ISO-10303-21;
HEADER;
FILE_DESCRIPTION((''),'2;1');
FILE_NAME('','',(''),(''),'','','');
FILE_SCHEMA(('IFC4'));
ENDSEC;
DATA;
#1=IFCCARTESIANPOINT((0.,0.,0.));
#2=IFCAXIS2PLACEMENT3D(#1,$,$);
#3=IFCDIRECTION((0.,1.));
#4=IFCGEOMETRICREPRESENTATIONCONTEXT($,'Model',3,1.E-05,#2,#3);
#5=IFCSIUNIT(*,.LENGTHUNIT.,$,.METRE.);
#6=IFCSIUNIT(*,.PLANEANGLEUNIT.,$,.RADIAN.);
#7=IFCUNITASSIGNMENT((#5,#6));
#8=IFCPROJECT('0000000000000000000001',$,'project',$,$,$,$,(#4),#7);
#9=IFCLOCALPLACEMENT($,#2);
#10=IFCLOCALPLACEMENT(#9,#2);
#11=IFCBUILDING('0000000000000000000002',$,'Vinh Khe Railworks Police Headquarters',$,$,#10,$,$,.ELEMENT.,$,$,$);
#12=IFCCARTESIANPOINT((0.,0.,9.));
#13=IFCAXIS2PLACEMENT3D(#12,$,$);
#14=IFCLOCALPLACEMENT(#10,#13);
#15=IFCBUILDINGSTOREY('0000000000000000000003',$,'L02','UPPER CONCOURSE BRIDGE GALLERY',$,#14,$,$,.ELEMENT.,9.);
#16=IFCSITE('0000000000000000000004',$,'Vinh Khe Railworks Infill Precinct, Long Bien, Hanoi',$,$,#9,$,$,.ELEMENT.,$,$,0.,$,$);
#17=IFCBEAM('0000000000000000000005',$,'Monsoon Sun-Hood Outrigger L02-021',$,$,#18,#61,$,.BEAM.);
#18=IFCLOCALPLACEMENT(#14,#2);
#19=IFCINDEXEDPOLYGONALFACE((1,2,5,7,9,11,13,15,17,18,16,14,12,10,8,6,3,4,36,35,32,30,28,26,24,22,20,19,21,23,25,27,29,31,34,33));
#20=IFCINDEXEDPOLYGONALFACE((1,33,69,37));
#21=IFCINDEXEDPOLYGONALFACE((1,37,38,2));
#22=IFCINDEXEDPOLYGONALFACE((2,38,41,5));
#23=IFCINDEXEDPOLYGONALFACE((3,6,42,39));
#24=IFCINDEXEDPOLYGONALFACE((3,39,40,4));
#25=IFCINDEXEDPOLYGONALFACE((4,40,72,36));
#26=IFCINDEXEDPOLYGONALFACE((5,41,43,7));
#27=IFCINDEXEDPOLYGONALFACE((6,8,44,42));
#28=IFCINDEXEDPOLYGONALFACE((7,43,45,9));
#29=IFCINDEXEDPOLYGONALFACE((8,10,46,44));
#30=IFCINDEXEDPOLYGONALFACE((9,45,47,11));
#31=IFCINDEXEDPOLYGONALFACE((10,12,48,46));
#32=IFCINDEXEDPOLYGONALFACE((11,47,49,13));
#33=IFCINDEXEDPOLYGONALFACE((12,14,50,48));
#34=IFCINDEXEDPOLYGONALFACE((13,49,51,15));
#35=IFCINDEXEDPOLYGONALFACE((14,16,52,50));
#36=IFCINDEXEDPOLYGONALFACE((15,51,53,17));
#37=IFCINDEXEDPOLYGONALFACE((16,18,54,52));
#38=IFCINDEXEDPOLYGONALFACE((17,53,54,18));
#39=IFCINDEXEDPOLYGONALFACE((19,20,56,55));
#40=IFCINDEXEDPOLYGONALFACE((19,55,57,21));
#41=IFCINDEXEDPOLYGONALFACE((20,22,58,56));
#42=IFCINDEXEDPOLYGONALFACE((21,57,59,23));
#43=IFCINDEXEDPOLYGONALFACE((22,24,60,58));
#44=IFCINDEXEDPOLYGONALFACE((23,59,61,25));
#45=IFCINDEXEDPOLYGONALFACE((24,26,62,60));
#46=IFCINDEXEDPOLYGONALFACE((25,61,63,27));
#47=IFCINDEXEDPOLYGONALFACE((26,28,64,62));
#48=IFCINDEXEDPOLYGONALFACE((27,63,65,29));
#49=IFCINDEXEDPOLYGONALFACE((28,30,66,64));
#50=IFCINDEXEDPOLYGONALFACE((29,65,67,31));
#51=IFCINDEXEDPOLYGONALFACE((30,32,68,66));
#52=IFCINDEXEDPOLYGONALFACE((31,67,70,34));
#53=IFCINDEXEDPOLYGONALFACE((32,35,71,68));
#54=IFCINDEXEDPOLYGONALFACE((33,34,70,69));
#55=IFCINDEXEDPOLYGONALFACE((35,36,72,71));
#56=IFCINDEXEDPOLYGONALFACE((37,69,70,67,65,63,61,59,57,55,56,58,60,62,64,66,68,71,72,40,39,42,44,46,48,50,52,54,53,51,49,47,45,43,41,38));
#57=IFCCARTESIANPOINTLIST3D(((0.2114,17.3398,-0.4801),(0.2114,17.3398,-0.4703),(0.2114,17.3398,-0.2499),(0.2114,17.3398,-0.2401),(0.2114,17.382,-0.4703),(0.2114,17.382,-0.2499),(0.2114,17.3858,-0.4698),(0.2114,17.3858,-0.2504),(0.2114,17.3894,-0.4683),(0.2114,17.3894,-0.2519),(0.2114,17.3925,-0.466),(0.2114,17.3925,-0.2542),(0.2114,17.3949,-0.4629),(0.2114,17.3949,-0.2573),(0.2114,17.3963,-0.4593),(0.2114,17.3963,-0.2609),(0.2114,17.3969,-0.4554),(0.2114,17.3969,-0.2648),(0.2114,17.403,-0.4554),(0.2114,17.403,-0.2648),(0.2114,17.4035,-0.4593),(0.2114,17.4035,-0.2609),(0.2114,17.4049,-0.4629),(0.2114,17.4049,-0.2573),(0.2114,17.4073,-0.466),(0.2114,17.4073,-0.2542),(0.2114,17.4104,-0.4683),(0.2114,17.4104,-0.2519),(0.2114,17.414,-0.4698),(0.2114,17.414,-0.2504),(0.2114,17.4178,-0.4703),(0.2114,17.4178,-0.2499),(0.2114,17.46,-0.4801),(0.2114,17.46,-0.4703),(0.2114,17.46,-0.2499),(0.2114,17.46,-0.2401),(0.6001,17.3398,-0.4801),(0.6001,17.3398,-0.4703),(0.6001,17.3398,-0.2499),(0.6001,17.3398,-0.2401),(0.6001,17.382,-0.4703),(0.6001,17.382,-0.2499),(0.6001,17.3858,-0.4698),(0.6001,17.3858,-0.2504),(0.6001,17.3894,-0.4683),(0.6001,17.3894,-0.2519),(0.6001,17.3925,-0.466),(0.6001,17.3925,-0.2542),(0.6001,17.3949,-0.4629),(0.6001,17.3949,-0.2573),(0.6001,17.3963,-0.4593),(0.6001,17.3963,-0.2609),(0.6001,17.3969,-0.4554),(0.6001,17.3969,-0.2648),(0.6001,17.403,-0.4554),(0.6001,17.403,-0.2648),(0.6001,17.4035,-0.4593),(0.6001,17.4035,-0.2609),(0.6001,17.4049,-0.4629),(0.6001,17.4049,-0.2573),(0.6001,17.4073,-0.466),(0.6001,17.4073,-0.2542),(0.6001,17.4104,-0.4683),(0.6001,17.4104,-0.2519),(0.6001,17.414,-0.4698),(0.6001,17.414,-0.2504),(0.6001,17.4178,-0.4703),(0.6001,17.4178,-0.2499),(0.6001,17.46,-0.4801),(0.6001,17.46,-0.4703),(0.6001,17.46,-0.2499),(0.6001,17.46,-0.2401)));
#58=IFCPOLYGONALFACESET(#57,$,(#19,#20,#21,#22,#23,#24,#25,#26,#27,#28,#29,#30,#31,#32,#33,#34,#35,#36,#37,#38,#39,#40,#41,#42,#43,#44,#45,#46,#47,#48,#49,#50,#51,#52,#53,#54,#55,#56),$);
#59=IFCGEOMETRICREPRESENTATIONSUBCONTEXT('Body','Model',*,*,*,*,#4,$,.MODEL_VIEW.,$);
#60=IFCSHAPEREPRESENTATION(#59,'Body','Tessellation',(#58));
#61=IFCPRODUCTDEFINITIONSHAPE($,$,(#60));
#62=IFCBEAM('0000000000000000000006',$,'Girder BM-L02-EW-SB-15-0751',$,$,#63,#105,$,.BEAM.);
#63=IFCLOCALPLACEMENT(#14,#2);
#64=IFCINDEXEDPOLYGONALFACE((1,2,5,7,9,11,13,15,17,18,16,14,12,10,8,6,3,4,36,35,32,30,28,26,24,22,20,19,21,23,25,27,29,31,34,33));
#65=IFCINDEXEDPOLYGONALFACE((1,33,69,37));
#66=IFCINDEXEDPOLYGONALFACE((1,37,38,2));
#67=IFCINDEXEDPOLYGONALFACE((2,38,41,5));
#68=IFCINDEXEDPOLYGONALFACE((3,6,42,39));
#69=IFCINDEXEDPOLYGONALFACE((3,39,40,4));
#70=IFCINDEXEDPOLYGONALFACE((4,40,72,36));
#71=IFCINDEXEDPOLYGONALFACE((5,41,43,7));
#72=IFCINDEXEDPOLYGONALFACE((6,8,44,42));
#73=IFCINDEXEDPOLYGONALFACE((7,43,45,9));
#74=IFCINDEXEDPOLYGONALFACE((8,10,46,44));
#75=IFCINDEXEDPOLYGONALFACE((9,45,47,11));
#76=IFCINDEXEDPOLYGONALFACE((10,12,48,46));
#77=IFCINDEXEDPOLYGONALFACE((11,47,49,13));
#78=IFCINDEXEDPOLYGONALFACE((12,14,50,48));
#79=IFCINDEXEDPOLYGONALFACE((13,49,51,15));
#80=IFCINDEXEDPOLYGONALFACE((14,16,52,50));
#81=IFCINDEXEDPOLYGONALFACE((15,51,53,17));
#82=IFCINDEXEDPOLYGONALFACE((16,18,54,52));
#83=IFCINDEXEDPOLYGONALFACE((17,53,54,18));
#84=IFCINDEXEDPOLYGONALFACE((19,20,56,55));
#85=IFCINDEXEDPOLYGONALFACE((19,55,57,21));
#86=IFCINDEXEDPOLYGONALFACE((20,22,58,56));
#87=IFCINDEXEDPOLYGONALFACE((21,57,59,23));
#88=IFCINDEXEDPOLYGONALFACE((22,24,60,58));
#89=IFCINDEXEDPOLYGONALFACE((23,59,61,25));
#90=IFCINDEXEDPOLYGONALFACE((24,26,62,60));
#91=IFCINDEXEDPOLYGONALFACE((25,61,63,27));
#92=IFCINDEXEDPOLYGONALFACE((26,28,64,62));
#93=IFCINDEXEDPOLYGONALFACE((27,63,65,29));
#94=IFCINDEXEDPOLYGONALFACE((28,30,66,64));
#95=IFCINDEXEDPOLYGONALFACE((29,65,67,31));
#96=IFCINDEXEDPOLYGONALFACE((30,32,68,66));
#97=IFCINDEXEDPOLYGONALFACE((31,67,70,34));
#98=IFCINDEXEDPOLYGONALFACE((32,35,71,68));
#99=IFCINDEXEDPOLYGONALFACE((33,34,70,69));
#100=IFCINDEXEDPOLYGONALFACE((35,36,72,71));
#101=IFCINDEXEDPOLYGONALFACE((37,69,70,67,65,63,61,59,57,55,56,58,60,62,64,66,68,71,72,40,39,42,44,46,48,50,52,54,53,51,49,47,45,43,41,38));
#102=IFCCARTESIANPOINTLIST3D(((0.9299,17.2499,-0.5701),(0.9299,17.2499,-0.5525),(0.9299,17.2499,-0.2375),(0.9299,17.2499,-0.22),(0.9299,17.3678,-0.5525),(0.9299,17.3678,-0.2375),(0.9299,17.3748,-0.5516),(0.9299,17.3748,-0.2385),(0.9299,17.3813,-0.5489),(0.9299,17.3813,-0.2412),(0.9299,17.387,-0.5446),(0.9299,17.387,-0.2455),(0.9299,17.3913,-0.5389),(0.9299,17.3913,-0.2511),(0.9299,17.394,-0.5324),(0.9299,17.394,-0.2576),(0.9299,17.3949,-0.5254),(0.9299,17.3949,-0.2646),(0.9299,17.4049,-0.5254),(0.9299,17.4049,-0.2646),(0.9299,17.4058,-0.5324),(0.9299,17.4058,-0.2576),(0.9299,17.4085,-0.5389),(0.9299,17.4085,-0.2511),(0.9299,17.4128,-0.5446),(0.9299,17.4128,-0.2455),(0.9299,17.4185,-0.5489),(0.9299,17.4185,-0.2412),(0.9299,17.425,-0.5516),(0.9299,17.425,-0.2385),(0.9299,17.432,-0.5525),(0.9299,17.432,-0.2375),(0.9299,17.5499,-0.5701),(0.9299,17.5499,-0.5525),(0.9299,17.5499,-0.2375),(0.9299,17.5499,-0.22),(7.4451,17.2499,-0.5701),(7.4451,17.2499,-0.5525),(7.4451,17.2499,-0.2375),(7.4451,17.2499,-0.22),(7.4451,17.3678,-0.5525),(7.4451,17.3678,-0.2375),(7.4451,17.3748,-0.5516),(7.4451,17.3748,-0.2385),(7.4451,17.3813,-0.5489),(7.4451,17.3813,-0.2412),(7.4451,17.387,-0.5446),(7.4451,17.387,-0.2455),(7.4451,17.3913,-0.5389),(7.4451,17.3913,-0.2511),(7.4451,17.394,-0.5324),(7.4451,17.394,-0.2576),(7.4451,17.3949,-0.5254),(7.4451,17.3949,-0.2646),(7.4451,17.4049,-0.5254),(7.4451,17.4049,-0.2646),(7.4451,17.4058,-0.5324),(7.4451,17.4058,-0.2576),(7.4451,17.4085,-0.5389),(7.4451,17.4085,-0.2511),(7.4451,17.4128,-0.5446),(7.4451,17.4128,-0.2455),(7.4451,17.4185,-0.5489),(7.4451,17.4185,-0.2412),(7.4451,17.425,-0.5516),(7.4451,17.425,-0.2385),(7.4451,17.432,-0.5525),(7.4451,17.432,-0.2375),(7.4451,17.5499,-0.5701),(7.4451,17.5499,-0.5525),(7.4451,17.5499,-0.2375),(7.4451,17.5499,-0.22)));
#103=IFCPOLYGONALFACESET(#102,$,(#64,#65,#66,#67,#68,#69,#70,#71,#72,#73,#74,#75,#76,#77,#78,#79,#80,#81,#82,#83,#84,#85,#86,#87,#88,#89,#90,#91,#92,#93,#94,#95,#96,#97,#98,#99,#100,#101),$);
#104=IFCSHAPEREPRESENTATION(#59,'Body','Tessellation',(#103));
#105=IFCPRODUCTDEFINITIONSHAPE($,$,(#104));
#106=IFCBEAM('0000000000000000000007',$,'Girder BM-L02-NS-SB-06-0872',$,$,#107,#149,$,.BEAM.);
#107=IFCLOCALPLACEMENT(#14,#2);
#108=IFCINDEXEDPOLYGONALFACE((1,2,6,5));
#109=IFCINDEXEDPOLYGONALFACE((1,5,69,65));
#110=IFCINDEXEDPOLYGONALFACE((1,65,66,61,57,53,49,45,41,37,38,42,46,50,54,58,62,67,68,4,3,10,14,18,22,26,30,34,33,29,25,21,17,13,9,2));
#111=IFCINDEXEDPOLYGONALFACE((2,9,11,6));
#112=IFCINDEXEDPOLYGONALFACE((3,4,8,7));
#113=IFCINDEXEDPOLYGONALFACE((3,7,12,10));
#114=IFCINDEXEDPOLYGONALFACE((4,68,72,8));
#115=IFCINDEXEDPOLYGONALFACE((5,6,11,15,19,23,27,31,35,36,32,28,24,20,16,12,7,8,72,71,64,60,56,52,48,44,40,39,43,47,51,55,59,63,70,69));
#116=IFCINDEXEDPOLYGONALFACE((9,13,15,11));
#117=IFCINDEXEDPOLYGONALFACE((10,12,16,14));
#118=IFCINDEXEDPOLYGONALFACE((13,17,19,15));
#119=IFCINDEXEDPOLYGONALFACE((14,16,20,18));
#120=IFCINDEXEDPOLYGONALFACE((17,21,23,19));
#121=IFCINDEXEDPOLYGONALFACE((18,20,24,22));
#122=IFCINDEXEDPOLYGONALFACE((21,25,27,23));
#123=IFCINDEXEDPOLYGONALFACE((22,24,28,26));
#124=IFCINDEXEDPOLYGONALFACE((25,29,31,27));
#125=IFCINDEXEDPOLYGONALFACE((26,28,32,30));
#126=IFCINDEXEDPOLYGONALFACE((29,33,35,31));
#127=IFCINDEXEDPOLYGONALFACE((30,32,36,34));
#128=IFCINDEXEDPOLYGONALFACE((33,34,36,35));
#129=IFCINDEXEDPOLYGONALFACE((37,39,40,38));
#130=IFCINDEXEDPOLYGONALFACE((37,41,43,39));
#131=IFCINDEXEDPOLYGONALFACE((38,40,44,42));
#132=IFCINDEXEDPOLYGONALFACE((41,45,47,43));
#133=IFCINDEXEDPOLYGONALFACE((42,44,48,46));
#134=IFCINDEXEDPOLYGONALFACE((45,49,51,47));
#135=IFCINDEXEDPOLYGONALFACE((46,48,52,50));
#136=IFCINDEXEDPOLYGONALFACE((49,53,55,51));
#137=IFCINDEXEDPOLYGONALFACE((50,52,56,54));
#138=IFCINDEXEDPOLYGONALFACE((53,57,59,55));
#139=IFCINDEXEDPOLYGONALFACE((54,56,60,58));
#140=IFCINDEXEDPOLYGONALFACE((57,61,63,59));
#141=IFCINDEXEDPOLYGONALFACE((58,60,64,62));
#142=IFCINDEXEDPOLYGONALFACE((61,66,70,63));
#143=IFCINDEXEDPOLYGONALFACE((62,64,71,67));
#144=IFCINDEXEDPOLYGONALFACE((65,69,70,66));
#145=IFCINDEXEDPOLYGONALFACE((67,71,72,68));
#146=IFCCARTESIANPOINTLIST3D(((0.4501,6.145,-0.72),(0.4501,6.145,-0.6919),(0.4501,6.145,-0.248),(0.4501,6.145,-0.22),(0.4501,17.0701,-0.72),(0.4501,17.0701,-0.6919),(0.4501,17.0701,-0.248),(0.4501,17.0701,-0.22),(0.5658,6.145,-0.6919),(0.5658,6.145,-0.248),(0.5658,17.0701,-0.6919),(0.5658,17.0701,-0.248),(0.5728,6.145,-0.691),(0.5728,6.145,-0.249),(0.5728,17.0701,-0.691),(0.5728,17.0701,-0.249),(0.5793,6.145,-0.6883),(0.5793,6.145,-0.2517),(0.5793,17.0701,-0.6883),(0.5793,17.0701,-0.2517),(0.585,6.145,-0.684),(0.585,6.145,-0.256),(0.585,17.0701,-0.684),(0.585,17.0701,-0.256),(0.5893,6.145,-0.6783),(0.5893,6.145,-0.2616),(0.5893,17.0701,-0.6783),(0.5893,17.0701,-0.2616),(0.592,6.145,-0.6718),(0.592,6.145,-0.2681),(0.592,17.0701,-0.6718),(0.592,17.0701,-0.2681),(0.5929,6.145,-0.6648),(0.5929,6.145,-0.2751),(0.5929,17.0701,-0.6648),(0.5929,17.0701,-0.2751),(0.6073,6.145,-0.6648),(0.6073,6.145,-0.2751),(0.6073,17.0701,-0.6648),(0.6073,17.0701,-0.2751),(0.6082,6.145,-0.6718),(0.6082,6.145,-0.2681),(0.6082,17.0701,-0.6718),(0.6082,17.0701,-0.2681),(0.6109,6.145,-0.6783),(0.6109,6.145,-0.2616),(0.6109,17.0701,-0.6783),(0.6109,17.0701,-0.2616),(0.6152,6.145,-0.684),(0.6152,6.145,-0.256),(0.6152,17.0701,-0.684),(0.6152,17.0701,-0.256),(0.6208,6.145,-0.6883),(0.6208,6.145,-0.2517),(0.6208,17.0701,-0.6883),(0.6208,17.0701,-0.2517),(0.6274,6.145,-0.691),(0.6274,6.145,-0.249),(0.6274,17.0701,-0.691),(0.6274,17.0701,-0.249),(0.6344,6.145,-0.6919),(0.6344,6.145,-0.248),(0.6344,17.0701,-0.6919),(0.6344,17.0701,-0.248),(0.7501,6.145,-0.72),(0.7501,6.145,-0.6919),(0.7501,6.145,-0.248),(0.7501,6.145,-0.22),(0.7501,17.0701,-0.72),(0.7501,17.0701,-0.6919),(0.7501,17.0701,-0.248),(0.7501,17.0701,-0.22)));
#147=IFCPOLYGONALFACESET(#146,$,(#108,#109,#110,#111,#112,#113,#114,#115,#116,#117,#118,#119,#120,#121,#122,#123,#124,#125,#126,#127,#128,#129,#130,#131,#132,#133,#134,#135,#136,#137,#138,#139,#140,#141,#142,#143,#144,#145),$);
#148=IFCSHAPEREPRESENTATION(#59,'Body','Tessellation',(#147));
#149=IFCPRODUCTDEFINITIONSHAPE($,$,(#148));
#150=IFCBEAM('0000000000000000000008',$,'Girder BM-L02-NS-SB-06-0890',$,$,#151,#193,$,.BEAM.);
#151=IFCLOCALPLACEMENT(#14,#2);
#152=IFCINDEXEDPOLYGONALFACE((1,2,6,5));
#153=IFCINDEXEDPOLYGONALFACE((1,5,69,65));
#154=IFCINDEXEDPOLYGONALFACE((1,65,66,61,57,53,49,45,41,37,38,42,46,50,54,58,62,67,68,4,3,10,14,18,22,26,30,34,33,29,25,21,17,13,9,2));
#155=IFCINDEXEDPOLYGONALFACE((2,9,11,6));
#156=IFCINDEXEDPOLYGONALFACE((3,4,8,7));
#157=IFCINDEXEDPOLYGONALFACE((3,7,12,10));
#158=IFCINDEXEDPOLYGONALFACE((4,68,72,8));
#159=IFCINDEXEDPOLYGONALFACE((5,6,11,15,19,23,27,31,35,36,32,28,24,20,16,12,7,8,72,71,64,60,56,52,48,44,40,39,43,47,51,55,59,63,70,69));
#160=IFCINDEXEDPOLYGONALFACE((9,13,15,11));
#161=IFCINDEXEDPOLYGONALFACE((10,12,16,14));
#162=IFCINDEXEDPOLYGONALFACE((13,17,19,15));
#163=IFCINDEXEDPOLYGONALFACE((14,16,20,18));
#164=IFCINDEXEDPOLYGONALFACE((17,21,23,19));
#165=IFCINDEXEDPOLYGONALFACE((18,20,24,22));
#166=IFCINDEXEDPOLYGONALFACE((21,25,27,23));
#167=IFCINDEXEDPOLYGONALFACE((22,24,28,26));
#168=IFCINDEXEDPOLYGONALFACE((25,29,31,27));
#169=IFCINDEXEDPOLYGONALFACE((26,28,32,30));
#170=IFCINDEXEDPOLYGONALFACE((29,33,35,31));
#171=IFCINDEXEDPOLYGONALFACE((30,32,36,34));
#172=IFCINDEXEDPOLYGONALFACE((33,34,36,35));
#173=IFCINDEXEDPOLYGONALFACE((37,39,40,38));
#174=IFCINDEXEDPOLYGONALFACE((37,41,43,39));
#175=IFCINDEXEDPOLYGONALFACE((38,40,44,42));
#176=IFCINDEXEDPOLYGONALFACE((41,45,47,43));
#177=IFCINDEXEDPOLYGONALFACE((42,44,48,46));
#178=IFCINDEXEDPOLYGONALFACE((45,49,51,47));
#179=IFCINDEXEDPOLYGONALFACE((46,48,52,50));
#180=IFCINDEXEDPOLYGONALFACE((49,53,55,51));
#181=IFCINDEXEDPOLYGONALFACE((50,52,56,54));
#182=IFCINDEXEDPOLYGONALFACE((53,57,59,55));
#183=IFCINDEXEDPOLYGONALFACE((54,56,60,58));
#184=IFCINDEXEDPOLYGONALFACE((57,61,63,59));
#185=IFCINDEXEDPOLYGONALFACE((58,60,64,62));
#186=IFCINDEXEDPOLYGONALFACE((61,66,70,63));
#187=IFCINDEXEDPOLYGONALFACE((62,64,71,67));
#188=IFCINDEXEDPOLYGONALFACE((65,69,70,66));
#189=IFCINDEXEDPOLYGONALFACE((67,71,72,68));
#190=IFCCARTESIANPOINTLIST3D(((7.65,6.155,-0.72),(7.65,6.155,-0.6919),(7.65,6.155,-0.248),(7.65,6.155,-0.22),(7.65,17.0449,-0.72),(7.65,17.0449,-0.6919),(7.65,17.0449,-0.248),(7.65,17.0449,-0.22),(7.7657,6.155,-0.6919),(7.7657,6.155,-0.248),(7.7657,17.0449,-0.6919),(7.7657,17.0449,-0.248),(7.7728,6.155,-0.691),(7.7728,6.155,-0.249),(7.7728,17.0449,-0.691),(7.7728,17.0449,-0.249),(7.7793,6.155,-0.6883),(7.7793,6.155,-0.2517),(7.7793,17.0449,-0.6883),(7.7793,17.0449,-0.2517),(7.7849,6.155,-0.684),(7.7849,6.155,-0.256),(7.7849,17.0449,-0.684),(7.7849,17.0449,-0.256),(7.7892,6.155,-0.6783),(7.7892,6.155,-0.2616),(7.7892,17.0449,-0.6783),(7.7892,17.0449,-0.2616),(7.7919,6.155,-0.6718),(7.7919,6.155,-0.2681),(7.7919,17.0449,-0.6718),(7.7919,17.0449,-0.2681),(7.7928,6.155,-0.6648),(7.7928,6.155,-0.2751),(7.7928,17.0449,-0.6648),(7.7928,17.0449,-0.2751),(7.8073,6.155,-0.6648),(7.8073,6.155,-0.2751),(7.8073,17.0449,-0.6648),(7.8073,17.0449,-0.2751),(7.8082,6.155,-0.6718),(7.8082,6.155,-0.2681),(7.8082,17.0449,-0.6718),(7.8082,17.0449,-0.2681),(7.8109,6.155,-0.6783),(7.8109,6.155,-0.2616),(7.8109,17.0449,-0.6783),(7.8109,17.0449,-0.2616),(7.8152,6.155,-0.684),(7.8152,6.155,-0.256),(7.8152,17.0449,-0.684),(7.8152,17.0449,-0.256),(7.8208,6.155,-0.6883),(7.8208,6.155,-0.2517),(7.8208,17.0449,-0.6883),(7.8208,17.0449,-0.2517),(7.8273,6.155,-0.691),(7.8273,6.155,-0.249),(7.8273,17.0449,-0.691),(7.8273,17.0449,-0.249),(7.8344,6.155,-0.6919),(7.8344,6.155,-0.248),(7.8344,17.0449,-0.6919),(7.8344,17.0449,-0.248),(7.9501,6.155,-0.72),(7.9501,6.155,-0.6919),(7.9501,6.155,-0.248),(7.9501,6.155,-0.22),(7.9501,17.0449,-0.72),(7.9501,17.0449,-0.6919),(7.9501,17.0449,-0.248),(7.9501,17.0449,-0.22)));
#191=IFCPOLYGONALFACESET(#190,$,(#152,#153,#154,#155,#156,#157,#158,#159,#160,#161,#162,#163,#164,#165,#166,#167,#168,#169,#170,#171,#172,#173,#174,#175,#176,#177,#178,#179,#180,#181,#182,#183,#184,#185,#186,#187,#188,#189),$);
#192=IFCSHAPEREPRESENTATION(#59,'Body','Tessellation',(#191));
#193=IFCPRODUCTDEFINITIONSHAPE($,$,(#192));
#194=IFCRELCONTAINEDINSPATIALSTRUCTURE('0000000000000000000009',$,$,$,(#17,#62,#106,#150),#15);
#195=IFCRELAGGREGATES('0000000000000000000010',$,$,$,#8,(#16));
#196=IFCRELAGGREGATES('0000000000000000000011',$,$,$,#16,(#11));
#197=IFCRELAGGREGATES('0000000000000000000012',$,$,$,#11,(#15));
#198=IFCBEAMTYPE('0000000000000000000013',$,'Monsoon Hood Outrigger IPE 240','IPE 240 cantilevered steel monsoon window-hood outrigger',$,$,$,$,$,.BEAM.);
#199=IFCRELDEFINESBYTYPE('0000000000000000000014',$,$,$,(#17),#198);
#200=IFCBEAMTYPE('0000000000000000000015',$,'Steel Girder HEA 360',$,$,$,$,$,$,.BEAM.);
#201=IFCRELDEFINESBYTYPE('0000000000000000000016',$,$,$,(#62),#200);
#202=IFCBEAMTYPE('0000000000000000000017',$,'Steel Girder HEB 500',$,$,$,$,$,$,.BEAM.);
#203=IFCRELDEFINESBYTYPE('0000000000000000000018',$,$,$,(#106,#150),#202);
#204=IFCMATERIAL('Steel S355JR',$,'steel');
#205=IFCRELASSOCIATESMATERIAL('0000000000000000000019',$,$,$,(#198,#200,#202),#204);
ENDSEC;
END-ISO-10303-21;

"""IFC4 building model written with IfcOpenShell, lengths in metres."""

from ifc_helpers import new_model, si_unit, direction, frame, origin, origin_2d, place, context, subcontext, project, spatial, i_section, extrude, material, material_profile, profile_set, type_object, element, save


model = new_model("IFC4")

# Units and contexts
model_context = context("Model", 3, precision=1e-05, world=origin(), true_north=direction((0.0, 1.0)))
body_context = subcontext(model_context, "Body", "Model", "MODEL_VIEW")
ifc_project = project(units=[si_unit("LENGTHUNIT", "METRE"), si_unit("PLANEANGLEUNIT", "RADIAN")], contexts=[model_context])

# Site, building, storey
site_placement = place(None, origin())
site = spatial("IfcSite", under=ifc_project, at=site_placement, Name="Vinh Khe Railworks Infill Precinct, Long Bien, Hanoi", CompositionType="ELEMENT", RefElevation=0.0)
building_placement = place(site_placement, origin())
building = spatial("IfcBuilding", under=site, at=building_placement, Name="Vinh Khe Railworks Police Headquarters", CompositionType="ELEMENT")
storey_placement = place(building_placement, frame((0.0, 0.0, 9.0)))
storey = spatial("IfcBuildingStorey", under=building, at=storey_placement, Name="L02", Description="UPPER CONCOURSE BRIDGE GALLERY", CompositionType="ELEMENT", Elevation=9.0)

# Shared definitions
ifc_material_1 = material(Name="Steel S355JR", Category="steel")

# Beams
ifc_material_profile_1 = material_profile(ifc_material_1, i_section(OverallWidth=0.1201, OverallDepth=0.24, WebThickness=0.0061, FlangeThickness=0.0098, FilletRadius=0.0149, at=origin_2d()), Name="IPE 240")
ifc_profile_set_1 = profile_set([ifc_material_profile_1], Name="Steel S355JR")
beam_type_1 = type_object("IfcBeamType", Name="Monsoon Hood Outrigger IPE 240", Description="IPE 240 cantilevered steel monsoon window-hood outrigger", PredefinedType="BEAM", material=ifc_profile_set_1)
beam_1_placement = place(storey_placement, frame((0.2114, 17.3999, -0.3601), z_axis=(1.0, 0.0, 0.0), x_axis=(0.0, 1.0, 0.0)))
element("IfcBeam", 1, at=beam_1_placement, inside=storey, type_object=beam_type_1, Name="Monsoon Sun-Hood Outrigger L02-021", PredefinedType="BEAM", context=body_context, shape_type="SweptSolid", body=[
    extrude(i_section(OverallWidth=0.1201, OverallDepth=0.24, WebThickness=0.0061, FlangeThickness=0.0098, FilletRadius=0.0149, at=origin_2d()), origin(), (0.0, 0.0, 1.0), 0.3887),
])
ifc_material_profile_2 = material_profile(ifc_material_1, i_section(OverallWidth=0.3, OverallDepth=0.3501, WebThickness=0.01, FlangeThickness=0.0176, FilletRadius=0.0271, at=origin_2d()), Name="HEA 360")
ifc_profile_set_2 = profile_set([ifc_material_profile_2], Name="Steel S355JR")
beam_type_2 = type_object("IfcBeamType", Name="Steel Girder HEA 360", PredefinedType="BEAM", material=ifc_profile_set_2)
beam_2_placement = place(storey_placement, frame((0.9299, 17.3999, -0.395), z_axis=(1.0, 0.0, 0.0), x_axis=(0.0, 1.0, 0.0)))
element("IfcBeam", 2, at=beam_2_placement, inside=storey, type_object=beam_type_2, Name="Girder BM-L02-EW-SB-15-0751", PredefinedType="BEAM", context=body_context, shape_type="SweptSolid", body=[
    extrude(i_section(OverallWidth=0.3, OverallDepth=0.3501, WebThickness=0.01, FlangeThickness=0.0176, FilletRadius=0.0271, at=origin_2d()), origin(), (0.0, 0.0, 1.0), 6.5151),
])
ifc_material_profile_3 = material_profile(ifc_material_1, i_section(OverallWidth=0.3, OverallDepth=0.5, WebThickness=0.0144, FlangeThickness=0.0281, FilletRadius=0.0271, at=origin_2d()), Name="HEB 500")
ifc_profile_set_3 = profile_set([ifc_material_profile_3], Name="Steel S355JR")
beam_type_3 = type_object("IfcBeamType", Name="Steel Girder HEB 500", PredefinedType="BEAM", material=ifc_profile_set_3)
beam_3_placement = place(storey_placement, frame((0.6001, 6.145, -0.47), z_axis=(0.0, 1.0, 0.0), x_axis=(-1.0, 0.0, 0.0)))
element("IfcBeam", 3, at=beam_3_placement, inside=storey, type_object=beam_type_3, Name="Girder BM-L02-NS-SB-06-0872", PredefinedType="BEAM", context=body_context, shape_type="SweptSolid", body=[
    extrude(i_section(OverallWidth=0.3, OverallDepth=0.5, WebThickness=0.0144, FlangeThickness=0.0281, FilletRadius=0.0271, at=origin_2d()), origin(), (0.0, 0.0, 1.0), 10.925),
])
beam_4_placement = place(storey_placement, frame((7.8, 6.155, -0.47), z_axis=(0.0, 1.0, 0.0), x_axis=(-1.0, 0.0, 0.0)))
element("IfcBeam", 4, at=beam_4_placement, inside=storey, type_object=beam_type_3, Name="Girder BM-L02-NS-SB-06-0890", PredefinedType="BEAM", context=body_context, shape_type="SweptSolid", body=[
    extrude(i_section(OverallWidth=0.3, OverallDepth=0.5, WebThickness=0.0144, FlangeThickness=0.0281, FilletRadius=0.0271, at=origin_2d()), origin(), (0.0, 0.0, 1.0), 10.8899),
])

save(model, "model.ifc")
